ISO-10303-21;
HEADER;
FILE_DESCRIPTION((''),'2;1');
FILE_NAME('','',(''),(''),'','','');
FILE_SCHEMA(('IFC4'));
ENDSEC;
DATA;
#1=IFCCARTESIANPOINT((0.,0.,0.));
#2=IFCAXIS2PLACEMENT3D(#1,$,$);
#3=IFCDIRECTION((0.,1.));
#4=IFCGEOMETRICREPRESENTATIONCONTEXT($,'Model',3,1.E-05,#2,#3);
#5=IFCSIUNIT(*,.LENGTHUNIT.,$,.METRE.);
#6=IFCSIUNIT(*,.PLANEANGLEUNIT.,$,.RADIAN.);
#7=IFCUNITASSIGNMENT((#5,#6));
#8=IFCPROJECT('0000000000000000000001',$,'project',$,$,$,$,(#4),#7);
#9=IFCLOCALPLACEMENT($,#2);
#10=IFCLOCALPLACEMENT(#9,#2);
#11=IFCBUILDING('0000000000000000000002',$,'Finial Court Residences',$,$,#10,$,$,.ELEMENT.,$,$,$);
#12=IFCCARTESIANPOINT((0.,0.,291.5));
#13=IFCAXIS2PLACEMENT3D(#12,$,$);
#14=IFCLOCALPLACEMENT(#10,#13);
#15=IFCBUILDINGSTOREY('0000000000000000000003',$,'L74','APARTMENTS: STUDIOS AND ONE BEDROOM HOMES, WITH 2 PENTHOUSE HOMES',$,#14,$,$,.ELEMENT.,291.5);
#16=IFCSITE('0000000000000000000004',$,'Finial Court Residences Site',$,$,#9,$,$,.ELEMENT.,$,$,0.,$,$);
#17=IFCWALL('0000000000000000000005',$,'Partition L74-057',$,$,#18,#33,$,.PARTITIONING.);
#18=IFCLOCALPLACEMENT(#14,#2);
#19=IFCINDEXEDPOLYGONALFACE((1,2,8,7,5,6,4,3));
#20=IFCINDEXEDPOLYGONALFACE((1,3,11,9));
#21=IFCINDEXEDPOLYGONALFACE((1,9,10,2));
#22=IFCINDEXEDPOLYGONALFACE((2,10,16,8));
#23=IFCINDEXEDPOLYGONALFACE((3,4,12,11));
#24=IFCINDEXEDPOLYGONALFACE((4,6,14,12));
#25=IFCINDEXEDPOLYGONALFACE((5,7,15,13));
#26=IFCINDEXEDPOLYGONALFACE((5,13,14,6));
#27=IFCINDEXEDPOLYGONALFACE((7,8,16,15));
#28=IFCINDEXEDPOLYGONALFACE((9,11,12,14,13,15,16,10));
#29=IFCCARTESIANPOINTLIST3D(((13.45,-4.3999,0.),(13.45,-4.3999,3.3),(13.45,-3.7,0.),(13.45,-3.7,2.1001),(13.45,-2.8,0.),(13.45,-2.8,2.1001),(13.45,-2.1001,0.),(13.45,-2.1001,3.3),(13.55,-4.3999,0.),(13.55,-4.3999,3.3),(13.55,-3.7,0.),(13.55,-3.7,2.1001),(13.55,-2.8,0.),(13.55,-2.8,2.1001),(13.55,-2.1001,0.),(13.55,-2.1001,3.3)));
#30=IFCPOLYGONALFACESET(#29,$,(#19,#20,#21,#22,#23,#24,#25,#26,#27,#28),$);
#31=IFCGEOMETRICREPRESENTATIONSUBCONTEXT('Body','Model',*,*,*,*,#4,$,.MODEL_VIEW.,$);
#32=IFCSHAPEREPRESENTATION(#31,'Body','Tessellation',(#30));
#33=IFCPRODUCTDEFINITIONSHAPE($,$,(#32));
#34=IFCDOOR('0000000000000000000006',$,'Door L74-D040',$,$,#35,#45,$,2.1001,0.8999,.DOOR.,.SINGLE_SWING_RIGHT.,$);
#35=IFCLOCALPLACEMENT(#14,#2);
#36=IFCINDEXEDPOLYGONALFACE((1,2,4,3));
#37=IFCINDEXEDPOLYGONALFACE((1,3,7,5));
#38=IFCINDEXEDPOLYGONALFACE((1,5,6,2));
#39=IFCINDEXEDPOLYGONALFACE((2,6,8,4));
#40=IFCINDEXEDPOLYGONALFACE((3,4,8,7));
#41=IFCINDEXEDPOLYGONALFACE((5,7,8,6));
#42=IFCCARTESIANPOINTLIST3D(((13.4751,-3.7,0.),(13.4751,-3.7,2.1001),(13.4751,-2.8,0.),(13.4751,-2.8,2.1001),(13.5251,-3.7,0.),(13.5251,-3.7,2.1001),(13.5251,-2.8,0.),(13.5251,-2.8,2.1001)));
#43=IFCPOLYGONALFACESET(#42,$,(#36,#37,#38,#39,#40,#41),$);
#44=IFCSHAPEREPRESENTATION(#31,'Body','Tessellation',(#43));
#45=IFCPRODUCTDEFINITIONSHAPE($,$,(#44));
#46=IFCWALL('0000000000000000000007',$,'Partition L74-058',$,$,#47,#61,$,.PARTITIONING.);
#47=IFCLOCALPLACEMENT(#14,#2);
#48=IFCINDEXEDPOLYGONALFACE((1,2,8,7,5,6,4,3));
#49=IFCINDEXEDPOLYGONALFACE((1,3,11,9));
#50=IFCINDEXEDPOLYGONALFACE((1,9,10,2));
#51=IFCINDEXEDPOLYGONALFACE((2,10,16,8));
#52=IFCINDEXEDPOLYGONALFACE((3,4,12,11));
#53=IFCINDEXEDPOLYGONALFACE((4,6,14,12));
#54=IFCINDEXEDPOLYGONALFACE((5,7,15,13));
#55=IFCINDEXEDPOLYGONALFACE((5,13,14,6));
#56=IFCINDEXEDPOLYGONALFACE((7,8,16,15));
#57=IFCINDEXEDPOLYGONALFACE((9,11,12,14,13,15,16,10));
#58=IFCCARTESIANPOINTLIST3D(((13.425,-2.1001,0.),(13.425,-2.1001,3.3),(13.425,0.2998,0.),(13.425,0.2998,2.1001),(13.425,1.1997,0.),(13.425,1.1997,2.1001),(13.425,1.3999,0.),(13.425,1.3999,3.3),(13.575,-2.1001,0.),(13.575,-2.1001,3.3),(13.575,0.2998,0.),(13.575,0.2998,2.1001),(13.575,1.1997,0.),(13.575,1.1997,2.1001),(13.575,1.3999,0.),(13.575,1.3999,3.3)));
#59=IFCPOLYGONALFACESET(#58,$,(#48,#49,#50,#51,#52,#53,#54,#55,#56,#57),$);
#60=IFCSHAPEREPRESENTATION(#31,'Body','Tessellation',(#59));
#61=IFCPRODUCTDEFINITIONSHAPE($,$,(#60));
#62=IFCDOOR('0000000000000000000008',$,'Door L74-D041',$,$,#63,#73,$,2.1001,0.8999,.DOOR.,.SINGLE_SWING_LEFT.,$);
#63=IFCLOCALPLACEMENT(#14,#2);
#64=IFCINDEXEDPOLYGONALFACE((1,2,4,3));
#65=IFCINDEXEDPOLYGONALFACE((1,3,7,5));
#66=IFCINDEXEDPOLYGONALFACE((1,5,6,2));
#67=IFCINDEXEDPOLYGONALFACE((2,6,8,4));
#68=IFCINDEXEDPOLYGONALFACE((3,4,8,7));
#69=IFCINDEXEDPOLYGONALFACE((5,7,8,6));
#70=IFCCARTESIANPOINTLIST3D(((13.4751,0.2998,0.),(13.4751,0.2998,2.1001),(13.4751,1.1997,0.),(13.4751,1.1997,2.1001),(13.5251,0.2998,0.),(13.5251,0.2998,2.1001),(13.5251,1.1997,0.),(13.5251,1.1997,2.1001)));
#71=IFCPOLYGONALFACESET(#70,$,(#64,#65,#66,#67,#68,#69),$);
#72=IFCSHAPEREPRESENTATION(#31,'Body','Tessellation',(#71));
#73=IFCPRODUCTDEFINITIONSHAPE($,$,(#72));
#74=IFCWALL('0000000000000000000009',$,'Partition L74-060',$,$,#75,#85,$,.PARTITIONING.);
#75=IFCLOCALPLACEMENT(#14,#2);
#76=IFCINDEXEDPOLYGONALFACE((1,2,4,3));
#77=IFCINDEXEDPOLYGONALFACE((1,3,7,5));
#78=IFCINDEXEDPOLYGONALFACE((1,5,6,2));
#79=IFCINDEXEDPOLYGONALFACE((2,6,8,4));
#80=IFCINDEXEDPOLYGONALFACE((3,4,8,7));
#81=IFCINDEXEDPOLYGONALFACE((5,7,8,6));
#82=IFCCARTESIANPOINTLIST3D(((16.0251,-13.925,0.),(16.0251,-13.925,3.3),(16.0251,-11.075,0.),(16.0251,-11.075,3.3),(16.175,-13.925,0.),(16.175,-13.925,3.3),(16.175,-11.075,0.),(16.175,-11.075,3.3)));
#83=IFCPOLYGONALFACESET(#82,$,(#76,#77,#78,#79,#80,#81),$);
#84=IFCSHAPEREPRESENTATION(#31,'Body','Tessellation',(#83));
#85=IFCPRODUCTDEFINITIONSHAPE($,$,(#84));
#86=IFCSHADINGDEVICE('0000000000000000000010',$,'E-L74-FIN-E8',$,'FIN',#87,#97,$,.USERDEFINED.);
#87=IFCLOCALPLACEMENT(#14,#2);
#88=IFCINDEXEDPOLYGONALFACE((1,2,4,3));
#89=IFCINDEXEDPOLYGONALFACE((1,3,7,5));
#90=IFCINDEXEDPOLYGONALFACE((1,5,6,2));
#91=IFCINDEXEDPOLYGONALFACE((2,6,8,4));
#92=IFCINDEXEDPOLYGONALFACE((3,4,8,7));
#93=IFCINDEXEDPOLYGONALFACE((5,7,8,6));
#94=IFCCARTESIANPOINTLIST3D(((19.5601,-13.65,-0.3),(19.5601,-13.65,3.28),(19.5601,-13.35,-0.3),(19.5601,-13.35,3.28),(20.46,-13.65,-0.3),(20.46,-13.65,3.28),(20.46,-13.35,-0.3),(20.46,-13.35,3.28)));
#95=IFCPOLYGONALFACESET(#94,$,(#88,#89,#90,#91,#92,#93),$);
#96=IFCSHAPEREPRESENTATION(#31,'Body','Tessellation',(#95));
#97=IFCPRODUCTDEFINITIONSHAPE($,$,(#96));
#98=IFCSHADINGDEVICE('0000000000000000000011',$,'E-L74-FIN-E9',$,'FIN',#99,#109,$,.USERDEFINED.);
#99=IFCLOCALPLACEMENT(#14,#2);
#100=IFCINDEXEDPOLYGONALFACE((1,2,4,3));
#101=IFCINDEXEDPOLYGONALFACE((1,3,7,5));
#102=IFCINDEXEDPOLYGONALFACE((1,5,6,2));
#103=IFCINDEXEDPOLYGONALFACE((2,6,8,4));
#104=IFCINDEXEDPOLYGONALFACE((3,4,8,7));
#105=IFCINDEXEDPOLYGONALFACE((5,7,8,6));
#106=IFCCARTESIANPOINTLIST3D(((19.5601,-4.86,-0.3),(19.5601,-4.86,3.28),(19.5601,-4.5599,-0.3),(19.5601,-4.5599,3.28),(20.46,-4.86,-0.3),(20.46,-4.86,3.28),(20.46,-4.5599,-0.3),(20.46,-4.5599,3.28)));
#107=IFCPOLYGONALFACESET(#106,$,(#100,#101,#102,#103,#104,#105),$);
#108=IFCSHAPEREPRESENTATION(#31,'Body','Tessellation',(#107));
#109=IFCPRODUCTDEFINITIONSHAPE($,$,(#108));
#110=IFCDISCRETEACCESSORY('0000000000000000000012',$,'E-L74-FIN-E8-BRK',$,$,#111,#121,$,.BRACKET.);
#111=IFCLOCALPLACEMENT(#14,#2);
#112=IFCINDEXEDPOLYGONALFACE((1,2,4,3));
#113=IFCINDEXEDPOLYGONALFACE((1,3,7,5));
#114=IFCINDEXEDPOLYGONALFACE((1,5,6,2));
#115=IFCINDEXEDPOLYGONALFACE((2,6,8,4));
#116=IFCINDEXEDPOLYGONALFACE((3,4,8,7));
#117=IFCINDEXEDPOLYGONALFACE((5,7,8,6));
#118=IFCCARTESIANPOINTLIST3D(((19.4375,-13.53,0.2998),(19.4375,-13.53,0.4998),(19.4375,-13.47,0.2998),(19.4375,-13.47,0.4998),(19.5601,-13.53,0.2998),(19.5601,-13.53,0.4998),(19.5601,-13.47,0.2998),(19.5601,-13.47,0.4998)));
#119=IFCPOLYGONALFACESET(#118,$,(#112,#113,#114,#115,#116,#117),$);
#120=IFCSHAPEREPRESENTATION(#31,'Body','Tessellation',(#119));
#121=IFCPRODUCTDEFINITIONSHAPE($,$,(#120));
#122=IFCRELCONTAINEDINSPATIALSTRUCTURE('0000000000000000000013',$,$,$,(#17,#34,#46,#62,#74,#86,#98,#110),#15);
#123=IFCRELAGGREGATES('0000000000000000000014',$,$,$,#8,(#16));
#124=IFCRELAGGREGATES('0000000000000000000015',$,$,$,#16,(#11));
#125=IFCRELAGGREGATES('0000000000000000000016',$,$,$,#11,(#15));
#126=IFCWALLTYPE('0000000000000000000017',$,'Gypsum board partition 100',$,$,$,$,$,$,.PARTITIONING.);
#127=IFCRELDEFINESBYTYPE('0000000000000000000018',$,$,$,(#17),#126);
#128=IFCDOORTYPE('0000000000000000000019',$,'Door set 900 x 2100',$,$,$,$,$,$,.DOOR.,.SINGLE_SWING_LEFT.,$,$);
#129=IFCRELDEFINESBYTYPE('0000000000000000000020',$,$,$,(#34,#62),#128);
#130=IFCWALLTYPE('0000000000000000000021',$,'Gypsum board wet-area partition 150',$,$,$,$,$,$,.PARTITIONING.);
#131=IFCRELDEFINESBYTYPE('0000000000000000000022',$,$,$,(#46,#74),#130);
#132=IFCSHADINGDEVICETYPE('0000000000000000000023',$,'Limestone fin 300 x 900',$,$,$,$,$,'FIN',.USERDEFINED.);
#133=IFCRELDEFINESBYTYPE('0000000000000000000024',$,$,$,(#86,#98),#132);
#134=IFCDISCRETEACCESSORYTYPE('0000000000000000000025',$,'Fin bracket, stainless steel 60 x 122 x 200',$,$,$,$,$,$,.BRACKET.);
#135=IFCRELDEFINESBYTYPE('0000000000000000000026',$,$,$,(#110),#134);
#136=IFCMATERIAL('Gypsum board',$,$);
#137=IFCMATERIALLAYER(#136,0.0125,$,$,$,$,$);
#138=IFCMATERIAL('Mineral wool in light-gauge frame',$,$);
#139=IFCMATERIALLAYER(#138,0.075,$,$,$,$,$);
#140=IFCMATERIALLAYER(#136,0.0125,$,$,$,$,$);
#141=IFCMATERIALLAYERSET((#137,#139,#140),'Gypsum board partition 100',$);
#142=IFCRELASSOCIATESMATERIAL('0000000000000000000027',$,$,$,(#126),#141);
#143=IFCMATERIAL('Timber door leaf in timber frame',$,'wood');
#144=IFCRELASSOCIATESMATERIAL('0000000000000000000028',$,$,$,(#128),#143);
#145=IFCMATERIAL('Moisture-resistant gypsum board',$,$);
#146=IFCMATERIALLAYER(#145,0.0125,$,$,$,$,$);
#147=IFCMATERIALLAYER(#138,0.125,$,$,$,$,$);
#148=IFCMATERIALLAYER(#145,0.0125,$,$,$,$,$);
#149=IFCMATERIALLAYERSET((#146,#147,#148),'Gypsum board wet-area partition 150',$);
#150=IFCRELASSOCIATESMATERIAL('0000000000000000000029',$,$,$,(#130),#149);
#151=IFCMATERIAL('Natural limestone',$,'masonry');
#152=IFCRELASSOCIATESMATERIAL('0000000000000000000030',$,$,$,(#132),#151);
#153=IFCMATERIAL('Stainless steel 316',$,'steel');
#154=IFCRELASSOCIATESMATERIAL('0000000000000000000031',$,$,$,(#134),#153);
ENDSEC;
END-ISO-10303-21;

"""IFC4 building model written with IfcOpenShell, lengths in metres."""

from ifc_helpers import new_model, si_unit, direction, frame, frame_2d, origin, origin_2d, place, context, subcontext, project, spatial, rectangle, extrude, material, layer, layer_set, type_object, element, fill, save


model = new_model("IFC4")

# Units and contexts
model_context = context("Model", 3, precision=1e-05, world=origin(), true_north=direction((0.0, 1.0)))
body_context = subcontext(model_context, "Body", "Model", "MODEL_VIEW")
ifc_project = project(units=[si_unit("LENGTHUNIT", "METRE"), si_unit("PLANEANGLEUNIT", "RADIAN")], contexts=[model_context])

# Site, building, storey
site_placement = place(None, origin())
site = spatial("IfcSite", under=ifc_project, at=site_placement, Name="Finial Court Residences Site", CompositionType="ELEMENT", RefElevation=0.0)
building_placement = place(site_placement, origin())
building = spatial("IfcBuilding", under=site, at=building_placement, Name="Finial Court Residences", CompositionType="ELEMENT")
storey_placement = place(building_placement, frame((0.0, 0.0, 291.5)))
storey = spatial("IfcBuildingStorey", under=building, at=storey_placement, Name="L74", Description="APARTMENTS: STUDIOS AND ONE BEDROOM HOMES, WITH 2 PENTHOUSE HOMES", CompositionType="ELEMENT", Elevation=291.5)

# Walls, openings, doors
ifc_material_1 = material(Name="Gypsum board")
ifc_layer_1 = layer(ifc_material_1, 0.0125)
ifc_material_2 = material(Name="Mineral wool in light-gauge frame")
ifc_layer_2 = layer(ifc_material_2, 0.075)
ifc_layer_3 = layer(ifc_material_1, 0.0125)
ifc_layer_set_1 = layer_set([ifc_layer_1, ifc_layer_2, ifc_layer_3], Name="Gypsum board partition 100")
wall_type_1 = type_object("IfcWallType", Name="Gypsum board partition 100", PredefinedType="PARTITIONING", material=ifc_layer_set_1)
wall_1_placement = place(storey_placement, frame((13.5, -4.3999, 0.0), z_axis=(0.0, 0.0, 1.0), x_axis=(0.0, 1.0, 0.0)))
wall_1 = element("IfcWall", 1, at=wall_1_placement, inside=storey, type_object=wall_type_1, Name="Partition L74-057", PredefinedType="PARTITIONING", context=body_context, shape_type="SweptSolid", body=[
    extrude(rectangle(XDim=2.2998, YDim=0.1001, at=frame_2d((1.1499, 0.0))), origin(), (0.0, 0.0, 1.0), 3.3),
])
opening_1_placement = place(wall_1_placement, frame((0.7, 0.0, 0.0)))
opening_1 = element("IfcOpeningElement", 2, at=opening_1_placement, cuts=wall_1, PredefinedType="OPENING", context=body_context, shape_type="SweptSolid", body=[
    extrude(rectangle(XDim=0.8999, YDim=2.1001, at=frame_2d((0.45, 1.05))), frame((0.0, 0.0601, 0.0), z_axis=(0.0, -1.0, 0.0), x_axis=(1.0, 0.0, 0.0)), (0.0, 0.0, 1.0), 0.1201),
])
ifc_material_3 = material(Name="Timber door leaf in timber frame", Category="wood")
door_type_1 = type_object("IfcDoorType", Name="Door set 900 x 2100", OperationType="SINGLE_SWING_LEFT", PredefinedType="DOOR", material=ifc_material_3)
door_1_placement = place(opening_1_placement, origin())
door_1 = element("IfcDoor", 3, at=door_1_placement, inside=storey, type_object=door_type_1, Name="Door L74-D040", OperationType="SINGLE_SWING_RIGHT", OverallHeight=2.1001, OverallWidth=0.8999, PredefinedType="DOOR", context=body_context, shape_type="SweptSolid", body=[
    extrude(rectangle(XDim=0.8999, YDim=2.1001, at=frame_2d((0.45, 1.05))), frame((0.0, 0.0249, 0.0), z_axis=(0.0, -1.0, 0.0), x_axis=(1.0, 0.0, 0.0)), (0.0, 0.0, 1.0), 0.05),
])
fill(opening_1, door_1)
ifc_material_4 = material(Name="Moisture-resistant gypsum board")
ifc_layer_4 = layer(ifc_material_4, 0.0125)
ifc_layer_5 = layer(ifc_material_2, 0.125)
ifc_layer_6 = layer(ifc_material_4, 0.0125)
ifc_layer_set_2 = layer_set([ifc_layer_4, ifc_layer_5, ifc_layer_6], Name="Gypsum board wet-area partition 150")
wall_type_2 = type_object("IfcWallType", Name="Gypsum board wet-area partition 150", PredefinedType="PARTITIONING", material=ifc_layer_set_2)
wall_2_placement = place(storey_placement, frame((13.5, -2.1001, 0.0), z_axis=(0.0, 0.0, 1.0), x_axis=(0.0, 1.0, 0.0)))
wall_2 = element("IfcWall", 4, at=wall_2_placement, inside=storey, type_object=wall_type_2, Name="Partition L74-058", PredefinedType="PARTITIONING", context=body_context, shape_type="SweptSolid", body=[
    extrude(rectangle(XDim=3.5, YDim=0.1499, at=frame_2d((1.75, 0.0))), origin(), (0.0, 0.0, 1.0), 3.3),
])
opening_2_placement = place(wall_2_placement, frame((2.3999, 0.0, 0.0)))
opening_2 = element("IfcOpeningElement", 5, at=opening_2_placement, cuts=wall_2, PredefinedType="OPENING", context=body_context, shape_type="SweptSolid", body=[
    extrude(rectangle(XDim=0.8999, YDim=2.1001, at=frame_2d((0.45, 1.05))), frame((0.0, 0.085, 0.0), z_axis=(0.0, -1.0, 0.0), x_axis=(1.0, 0.0, 0.0)), (0.0, 0.0, 1.0), 0.1699),
])
door_2_placement = place(opening_2_placement, origin())
door_2 = element("IfcDoor", 6, at=door_2_placement, inside=storey, type_object=door_type_1, Name="Door L74-D041", OperationType="SINGLE_SWING_LEFT", OverallHeight=2.1001, OverallWidth=0.8999, PredefinedType="DOOR", context=body_context, shape_type="SweptSolid", body=[
    extrude(rectangle(XDim=0.8999, YDim=2.1001, at=frame_2d((0.45, 1.05))), frame((0.0, 0.0249, 0.0), z_axis=(0.0, -1.0, 0.0), x_axis=(1.0, 0.0, 0.0)), (0.0, 0.0, 1.0), 0.05),
])
fill(opening_2, door_2)

# Wall
wall_3_placement = place(storey_placement, frame((16.1001, -13.925, 0.0), z_axis=(0.0, 0.0, 1.0), x_axis=(0.0, 1.0, 0.0)))
element("IfcWall", 7, at=wall_3_placement, inside=storey, type_object=wall_type_2, Name="Partition L74-060", PredefinedType="PARTITIONING", context=body_context, shape_type="SweptSolid", body=[
    extrude(rectangle(XDim=2.8501, YDim=0.1499, at=frame_2d((1.425, 0.0))), origin(), (0.0, 0.0, 1.0), 3.3),
])

# Shading devices
ifc_material_5 = material(Name="Natural limestone", Category="masonry")
shading_device_type = type_object("IfcShadingDeviceType", Name="Limestone fin 300 x 900", ElementType="FIN", PredefinedType="USERDEFINED", material=ifc_material_5)
for number, where, z_axis, x_axis, name in (
    (8, (20.01, -13.5, -0.3), (0.0, 0.0, 1.0), (1.0, 0.0, 0.0), "E-L74-FIN-E8"),
    (9, (20.01, -4.71, -0.3), (0.0, 0.0, 1.0), (1.0, 0.0, 0.0), "E-L74-FIN-E9"),
):
    element("IfcShadingDevice", number, at=place(storey_placement, frame(where, z_axis=z_axis, x_axis=x_axis)), inside=storey, type_object=shading_device_type, Name=name, ObjectType="FIN", PredefinedType="USERDEFINED", context=body_context, shape_type="SweptSolid", body=[
        extrude(rectangle(XDim=0.8999, YDim=0.3, at=origin_2d()), origin(), (0.0, 0.0, 1.0), 3.5801),
    ])

# Discrete accessory
ifc_material_6 = material(Name="Stainless steel 316", Category="steel")
discrete_accessory_type = type_object("IfcDiscreteAccessoryType", Name="Fin bracket, stainless steel 60 x 122 x 200", PredefinedType="BRACKET", material=ifc_material_6)
discrete_accessory_placement = place(storey_placement, frame((19.4988, -13.5, 0.2998), z_axis=(0.0, 0.0, 1.0), x_axis=(1.0, 0.0, 0.0)))
element("IfcDiscreteAccessory", 10, at=discrete_accessory_placement, inside=storey, type_object=discrete_accessory_type, Name="E-L74-FIN-E8-BRK", PredefinedType="BRACKET", context=body_context, shape_type="SweptSolid", body=[
    extrude(rectangle(XDim=0.1226, YDim=0.0601, at=origin_2d()), origin(), (0.0, 0.0, 1.0), 0.2),
])

save(model, "model.ifc")
